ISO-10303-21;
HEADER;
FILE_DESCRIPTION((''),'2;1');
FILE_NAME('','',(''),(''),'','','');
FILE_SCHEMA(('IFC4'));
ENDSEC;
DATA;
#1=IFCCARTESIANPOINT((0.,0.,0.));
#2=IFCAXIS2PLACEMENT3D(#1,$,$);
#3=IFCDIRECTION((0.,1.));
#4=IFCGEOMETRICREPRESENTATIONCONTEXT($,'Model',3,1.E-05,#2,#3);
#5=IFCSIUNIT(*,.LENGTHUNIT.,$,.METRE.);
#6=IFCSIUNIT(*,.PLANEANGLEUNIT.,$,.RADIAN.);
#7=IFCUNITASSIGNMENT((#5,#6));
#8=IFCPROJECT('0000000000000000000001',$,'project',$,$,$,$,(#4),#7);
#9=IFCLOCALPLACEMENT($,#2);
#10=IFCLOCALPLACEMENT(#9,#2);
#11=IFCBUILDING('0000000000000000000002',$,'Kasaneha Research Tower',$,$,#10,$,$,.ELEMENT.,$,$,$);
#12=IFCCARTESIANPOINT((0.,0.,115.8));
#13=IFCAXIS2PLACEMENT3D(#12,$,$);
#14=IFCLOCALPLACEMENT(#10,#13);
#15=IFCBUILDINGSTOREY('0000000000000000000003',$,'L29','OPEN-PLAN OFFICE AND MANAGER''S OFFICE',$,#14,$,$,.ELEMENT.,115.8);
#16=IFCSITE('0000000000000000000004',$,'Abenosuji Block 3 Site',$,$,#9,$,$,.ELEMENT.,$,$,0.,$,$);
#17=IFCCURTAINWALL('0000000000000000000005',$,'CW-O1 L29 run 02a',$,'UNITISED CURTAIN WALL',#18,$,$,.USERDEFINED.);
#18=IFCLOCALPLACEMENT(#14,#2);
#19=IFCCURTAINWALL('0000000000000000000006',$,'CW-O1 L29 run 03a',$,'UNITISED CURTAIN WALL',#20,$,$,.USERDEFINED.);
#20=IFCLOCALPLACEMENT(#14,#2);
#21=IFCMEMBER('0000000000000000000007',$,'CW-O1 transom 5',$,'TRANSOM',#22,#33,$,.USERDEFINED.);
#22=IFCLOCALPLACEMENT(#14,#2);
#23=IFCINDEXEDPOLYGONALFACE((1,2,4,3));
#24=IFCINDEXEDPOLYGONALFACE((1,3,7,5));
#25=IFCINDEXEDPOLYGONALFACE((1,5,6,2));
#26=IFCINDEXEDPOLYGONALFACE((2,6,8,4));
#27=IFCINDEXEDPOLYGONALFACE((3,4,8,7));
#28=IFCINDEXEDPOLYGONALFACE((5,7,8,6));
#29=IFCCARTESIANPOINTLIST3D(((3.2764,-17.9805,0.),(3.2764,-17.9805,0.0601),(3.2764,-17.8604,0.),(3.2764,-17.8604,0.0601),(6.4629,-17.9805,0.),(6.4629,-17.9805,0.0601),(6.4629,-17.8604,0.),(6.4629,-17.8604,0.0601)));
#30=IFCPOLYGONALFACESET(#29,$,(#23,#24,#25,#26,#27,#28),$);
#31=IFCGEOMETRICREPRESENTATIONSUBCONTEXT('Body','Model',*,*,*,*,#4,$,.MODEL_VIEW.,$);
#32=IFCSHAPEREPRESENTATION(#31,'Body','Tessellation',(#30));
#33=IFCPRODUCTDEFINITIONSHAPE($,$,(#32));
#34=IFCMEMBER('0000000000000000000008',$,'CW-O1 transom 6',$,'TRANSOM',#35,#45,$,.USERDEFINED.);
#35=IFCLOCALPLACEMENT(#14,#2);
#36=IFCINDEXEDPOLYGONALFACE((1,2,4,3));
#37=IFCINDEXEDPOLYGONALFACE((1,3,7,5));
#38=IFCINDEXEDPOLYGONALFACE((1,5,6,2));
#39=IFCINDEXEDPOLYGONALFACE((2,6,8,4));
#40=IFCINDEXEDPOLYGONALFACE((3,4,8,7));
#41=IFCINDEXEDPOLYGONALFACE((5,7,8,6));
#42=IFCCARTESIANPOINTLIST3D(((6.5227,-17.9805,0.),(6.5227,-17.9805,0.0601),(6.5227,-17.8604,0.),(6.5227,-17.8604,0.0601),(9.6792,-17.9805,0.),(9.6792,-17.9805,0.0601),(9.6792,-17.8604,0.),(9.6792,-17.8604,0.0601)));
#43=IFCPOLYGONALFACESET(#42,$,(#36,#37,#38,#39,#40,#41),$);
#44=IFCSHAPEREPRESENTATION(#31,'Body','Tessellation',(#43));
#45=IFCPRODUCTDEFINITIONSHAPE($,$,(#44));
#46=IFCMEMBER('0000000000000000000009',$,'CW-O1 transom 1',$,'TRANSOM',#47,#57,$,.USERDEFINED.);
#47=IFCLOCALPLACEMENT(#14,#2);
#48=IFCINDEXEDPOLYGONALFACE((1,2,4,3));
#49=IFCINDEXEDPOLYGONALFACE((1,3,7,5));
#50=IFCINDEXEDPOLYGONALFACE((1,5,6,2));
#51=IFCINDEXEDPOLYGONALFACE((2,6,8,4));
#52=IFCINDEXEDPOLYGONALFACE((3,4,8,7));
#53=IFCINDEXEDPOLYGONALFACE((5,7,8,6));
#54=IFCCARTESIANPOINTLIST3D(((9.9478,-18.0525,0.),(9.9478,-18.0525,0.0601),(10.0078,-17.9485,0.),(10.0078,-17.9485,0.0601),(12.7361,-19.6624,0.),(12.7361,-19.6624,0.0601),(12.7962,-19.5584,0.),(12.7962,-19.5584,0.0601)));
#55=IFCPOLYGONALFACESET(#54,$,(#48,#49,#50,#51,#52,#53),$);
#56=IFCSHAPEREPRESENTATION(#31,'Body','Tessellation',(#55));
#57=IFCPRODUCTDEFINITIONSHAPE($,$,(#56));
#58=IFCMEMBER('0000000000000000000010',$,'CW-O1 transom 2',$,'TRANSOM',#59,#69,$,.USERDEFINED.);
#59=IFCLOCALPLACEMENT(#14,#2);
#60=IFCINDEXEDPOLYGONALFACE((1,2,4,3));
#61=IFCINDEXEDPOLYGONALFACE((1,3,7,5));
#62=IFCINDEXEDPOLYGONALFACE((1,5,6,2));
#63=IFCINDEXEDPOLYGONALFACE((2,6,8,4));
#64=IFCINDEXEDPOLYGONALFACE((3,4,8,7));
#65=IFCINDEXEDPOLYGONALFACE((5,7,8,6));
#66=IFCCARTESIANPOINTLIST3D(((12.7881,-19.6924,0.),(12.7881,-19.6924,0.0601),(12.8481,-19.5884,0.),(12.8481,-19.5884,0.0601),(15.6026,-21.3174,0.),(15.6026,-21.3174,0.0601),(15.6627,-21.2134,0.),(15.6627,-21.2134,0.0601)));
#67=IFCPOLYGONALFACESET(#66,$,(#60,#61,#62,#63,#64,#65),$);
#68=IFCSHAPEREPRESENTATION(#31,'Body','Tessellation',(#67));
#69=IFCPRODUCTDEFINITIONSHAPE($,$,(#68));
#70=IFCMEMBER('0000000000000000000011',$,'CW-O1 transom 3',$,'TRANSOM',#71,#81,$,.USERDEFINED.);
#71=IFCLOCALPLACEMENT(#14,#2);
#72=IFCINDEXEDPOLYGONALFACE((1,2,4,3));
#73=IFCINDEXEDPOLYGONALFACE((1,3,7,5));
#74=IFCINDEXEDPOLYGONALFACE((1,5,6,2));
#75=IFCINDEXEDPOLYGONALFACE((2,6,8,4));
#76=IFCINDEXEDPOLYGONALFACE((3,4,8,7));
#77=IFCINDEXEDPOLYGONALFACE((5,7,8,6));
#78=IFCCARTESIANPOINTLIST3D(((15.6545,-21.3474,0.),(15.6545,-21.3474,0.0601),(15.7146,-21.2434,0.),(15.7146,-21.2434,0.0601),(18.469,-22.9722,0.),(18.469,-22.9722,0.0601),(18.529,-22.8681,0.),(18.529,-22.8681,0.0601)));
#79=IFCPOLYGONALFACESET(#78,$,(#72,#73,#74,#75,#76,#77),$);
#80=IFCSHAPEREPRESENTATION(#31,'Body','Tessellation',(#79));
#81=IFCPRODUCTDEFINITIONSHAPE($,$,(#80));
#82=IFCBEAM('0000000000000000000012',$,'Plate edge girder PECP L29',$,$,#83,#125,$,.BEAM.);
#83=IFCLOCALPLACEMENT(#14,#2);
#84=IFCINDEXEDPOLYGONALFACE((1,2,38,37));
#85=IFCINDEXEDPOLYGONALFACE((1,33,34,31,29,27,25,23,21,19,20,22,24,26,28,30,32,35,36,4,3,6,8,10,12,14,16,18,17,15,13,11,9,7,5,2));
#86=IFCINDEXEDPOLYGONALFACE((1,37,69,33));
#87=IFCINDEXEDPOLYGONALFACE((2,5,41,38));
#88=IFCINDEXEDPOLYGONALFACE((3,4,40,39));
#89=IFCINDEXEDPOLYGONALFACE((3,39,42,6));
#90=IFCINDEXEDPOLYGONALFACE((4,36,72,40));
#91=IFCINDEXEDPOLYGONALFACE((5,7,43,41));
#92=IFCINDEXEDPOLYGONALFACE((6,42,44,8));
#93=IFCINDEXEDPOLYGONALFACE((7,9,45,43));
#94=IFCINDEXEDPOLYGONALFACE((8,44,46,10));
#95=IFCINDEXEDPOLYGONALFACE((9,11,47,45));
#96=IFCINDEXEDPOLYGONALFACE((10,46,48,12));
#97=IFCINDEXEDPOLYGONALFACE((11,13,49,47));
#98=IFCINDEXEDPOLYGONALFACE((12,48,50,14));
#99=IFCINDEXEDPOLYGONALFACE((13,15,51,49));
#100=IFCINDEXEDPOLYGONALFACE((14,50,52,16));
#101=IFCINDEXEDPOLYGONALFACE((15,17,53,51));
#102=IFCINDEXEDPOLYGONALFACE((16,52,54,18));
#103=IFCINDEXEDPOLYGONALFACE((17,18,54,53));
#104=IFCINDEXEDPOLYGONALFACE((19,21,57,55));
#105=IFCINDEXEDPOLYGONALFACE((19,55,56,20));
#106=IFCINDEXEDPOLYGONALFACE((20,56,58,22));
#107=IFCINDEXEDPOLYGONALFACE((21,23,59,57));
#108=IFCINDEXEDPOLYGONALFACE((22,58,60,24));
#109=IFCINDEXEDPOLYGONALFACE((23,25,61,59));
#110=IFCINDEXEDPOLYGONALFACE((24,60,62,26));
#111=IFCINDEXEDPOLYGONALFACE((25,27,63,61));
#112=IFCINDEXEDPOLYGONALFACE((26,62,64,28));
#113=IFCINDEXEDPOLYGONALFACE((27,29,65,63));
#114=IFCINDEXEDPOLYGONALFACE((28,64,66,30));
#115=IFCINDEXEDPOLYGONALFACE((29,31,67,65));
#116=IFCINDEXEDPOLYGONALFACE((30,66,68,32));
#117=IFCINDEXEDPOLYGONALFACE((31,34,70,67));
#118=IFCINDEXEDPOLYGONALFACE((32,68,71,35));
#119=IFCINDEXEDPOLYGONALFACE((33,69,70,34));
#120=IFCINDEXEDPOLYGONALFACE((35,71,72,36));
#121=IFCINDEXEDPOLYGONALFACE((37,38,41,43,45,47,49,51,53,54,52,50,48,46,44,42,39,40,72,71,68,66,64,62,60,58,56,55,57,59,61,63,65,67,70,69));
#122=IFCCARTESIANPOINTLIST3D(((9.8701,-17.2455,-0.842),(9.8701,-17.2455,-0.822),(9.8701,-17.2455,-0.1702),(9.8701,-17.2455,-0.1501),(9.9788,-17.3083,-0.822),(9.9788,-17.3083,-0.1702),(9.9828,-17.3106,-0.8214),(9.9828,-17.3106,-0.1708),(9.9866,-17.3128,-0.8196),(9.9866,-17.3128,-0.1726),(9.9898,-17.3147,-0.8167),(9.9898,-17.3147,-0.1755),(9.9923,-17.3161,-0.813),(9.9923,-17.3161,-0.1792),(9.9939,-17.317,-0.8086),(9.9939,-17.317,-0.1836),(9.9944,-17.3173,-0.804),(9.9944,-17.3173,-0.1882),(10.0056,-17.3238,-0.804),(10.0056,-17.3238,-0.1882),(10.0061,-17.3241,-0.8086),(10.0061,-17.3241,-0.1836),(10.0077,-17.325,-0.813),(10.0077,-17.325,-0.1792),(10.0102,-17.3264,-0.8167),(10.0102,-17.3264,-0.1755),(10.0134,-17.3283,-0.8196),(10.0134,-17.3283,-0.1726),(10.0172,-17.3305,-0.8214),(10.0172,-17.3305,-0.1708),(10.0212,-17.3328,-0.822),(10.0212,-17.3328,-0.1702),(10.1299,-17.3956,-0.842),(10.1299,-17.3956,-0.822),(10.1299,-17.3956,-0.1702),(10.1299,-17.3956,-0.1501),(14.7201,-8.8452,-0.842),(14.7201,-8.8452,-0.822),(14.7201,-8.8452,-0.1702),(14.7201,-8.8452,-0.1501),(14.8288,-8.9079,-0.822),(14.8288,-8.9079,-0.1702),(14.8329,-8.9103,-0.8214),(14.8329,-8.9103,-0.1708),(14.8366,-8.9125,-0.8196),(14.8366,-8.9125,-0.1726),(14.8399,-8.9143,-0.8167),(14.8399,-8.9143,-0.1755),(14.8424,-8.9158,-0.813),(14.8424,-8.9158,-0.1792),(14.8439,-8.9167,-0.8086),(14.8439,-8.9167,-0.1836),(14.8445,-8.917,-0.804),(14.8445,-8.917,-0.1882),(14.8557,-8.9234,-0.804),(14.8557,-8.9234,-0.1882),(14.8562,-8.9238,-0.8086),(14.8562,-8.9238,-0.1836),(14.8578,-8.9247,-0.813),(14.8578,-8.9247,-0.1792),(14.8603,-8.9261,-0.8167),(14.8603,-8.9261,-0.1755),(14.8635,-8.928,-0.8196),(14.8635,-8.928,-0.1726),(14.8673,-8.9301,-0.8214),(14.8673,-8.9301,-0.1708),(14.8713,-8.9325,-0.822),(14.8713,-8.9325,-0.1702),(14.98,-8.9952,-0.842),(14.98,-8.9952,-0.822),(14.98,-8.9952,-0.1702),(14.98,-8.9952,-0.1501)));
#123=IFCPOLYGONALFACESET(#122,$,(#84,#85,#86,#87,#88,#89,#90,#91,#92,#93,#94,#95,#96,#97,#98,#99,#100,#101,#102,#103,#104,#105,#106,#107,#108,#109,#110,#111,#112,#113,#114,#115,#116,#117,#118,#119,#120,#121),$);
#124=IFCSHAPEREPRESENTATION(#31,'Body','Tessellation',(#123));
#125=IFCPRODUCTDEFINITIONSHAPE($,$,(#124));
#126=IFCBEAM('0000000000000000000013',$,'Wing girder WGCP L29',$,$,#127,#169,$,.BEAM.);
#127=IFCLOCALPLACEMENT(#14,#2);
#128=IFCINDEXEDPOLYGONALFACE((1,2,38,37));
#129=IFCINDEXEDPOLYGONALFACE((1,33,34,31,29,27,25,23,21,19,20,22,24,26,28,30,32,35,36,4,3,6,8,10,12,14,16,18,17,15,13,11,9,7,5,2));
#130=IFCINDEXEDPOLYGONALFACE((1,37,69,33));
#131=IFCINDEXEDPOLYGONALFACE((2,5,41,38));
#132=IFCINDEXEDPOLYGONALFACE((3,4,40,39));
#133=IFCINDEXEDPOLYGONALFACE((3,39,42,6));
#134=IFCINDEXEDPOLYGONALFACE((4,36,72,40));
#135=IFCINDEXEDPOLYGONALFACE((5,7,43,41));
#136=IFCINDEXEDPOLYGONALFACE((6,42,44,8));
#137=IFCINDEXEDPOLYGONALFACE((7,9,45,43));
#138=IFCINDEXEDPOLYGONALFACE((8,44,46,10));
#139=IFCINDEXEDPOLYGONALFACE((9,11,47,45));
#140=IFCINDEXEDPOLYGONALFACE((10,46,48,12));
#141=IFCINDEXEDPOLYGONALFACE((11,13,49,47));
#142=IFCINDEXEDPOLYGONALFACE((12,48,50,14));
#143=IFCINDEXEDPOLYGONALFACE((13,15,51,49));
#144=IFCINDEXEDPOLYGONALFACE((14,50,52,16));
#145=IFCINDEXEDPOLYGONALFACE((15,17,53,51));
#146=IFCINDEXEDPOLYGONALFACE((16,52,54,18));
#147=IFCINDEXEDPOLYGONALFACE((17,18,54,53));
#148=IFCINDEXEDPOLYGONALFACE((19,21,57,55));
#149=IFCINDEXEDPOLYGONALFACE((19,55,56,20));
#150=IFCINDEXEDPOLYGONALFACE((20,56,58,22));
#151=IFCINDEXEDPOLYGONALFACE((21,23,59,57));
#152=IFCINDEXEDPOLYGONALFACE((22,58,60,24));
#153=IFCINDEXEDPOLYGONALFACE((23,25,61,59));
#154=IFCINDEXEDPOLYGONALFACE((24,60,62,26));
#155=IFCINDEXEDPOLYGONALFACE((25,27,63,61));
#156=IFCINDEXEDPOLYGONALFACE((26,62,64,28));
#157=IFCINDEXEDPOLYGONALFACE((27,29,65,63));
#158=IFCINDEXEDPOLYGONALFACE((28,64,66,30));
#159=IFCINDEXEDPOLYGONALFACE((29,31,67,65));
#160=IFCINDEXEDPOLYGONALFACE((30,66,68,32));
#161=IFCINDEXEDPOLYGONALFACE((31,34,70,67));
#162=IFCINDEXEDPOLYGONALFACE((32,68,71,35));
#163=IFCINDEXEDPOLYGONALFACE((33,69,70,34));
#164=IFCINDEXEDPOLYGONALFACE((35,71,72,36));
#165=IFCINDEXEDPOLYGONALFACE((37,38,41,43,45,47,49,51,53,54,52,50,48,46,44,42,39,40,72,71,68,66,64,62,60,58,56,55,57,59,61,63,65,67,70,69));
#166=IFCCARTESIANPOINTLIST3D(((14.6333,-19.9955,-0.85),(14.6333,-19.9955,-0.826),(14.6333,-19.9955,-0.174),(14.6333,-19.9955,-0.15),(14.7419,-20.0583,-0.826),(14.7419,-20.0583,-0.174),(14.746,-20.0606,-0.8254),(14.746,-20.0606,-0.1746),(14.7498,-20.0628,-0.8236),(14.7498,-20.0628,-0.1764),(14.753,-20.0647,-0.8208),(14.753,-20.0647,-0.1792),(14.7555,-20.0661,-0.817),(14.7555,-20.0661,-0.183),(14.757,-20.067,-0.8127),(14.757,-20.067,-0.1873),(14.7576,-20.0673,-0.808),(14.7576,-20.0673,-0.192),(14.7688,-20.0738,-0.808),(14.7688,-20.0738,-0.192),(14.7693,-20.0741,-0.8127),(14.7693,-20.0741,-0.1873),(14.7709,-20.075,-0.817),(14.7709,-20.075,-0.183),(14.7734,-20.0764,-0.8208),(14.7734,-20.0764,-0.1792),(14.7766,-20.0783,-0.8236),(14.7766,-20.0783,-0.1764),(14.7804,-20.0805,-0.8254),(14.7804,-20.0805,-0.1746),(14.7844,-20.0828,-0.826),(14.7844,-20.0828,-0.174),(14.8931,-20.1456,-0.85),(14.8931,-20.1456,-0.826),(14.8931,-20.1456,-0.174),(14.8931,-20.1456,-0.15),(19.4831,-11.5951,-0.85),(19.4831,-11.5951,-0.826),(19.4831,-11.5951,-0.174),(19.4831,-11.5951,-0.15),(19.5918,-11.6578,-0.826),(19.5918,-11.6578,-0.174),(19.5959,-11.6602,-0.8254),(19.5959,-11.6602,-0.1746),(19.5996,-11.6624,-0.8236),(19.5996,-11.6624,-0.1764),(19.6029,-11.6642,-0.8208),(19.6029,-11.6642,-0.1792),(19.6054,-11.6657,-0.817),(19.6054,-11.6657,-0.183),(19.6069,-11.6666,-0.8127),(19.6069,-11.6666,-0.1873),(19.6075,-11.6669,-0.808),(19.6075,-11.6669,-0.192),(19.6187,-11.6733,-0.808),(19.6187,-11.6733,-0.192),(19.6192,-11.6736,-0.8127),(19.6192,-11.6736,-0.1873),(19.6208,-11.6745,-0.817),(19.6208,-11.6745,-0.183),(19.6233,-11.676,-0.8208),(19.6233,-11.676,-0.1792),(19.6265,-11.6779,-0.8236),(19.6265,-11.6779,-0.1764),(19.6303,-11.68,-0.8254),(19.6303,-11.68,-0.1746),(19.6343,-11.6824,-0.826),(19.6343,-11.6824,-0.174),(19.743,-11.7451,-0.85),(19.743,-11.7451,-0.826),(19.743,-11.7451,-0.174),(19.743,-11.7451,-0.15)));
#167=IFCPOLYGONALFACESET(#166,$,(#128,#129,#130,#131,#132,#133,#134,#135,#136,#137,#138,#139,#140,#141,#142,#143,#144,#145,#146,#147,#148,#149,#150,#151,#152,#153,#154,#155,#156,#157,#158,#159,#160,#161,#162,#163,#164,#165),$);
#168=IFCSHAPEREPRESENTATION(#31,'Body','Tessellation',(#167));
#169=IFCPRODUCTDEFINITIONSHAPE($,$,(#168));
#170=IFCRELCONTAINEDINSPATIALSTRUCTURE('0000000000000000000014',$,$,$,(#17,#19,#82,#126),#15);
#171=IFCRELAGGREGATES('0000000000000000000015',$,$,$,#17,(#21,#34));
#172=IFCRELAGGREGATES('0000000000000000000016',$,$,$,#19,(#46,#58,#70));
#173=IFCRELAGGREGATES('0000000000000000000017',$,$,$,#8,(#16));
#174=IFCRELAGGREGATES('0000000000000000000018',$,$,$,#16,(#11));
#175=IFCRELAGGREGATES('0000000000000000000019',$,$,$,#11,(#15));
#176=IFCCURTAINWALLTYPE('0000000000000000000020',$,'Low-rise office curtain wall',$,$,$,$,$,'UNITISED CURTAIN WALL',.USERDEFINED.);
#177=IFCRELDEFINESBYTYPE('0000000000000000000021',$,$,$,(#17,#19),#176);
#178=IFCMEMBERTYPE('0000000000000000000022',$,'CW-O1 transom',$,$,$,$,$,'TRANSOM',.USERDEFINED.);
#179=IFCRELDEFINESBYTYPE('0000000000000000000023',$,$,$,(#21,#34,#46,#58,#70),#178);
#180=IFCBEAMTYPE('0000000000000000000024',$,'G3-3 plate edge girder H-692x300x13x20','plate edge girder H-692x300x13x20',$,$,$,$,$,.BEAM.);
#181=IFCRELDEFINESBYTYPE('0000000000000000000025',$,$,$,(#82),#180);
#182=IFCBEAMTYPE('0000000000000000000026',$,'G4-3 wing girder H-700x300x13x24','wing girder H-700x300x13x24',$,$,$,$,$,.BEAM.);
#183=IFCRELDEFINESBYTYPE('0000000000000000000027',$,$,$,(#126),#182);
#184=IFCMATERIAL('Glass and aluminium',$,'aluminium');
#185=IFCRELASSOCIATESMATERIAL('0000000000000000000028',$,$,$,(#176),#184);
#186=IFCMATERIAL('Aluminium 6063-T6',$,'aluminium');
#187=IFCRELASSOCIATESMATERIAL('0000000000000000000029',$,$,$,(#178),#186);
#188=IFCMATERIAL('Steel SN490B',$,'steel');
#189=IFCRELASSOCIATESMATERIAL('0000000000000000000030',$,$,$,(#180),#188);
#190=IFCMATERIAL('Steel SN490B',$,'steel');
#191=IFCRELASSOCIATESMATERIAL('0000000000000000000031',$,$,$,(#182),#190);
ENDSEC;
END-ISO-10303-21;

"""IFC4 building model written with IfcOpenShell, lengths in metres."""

from ifc_helpers import new_model, si_unit, direction, frame, origin, origin_2d, place, context, subcontext, project, spatial, rectangle, i_section, extrude, material, material_profile, profile_set, type_object, element, aggregate, save


model = new_model("IFC4")

# Units and contexts
model_context = context("Model", 3, precision=1e-05, world=origin(), true_north=direction((0.0, 1.0)))
body_context = subcontext(model_context, "Body", "Model", "MODEL_VIEW")
ifc_project = project(units=[si_unit("LENGTHUNIT", "METRE"), si_unit("PLANEANGLEUNIT", "RADIAN")], contexts=[model_context])

# Site, building, storey
site_placement = place(None, origin())
site = spatial("IfcSite", under=ifc_project, at=site_placement, Name="Abenosuji Block 3 Site", CompositionType="ELEMENT", RefElevation=0.0)
building_placement = place(site_placement, origin())
building = spatial("IfcBuilding", under=site, at=building_placement, Name="Kasaneha Research Tower", CompositionType="ELEMENT")
storey_placement = place(building_placement, frame((0.0, 0.0, 115.8)))
storey = spatial("IfcBuildingStorey", under=building, at=storey_placement, Name="L29", Description="OPEN-PLAN OFFICE AND MANAGER'S OFFICE", CompositionType="ELEMENT", Elevation=115.8)

# Curtain walls
ifc_material_1 = material(Name="Glass and aluminium", Category="aluminium")
curtain_wall_type = type_object("IfcCurtainWallType", Name="Low-rise office curtain wall", ElementType="UNITISED CURTAIN WALL", PredefinedType="USERDEFINED", material=ifc_material_1)
curtain_wall_1_placement = place(storey_placement, origin())
curtain_wall_1 = element("IfcCurtainWall", 1, at=curtain_wall_1_placement, inside=storey, type_object=curtain_wall_type, Name="CW-O1 L29 run 02a", ObjectType="UNITISED CURTAIN WALL", PredefinedType="USERDEFINED")
curtain_wall_2_placement = place(storey_placement, origin())
curtain_wall_2 = element("IfcCurtainWall", 2, at=curtain_wall_2_placement, inside=storey, type_object=curtain_wall_type, Name="CW-O1 L29 run 03a", ObjectType="UNITISED CURTAIN WALL", PredefinedType="USERDEFINED")

# Members
ifc_material_2 = material(Name="Aluminium 6063-T6", Category="aluminium")
ifc_material_profile_1 = material_profile(ifc_material_2, rectangle(XDim=0.1201, YDim=0.0601, at=origin_2d()), Name="CW-O1 transom 120x60")
ifc_profile_set_1 = profile_set([ifc_material_profile_1], Name="Aluminium 6063-T6")
member_type_1 = type_object("IfcMemberType", Name="CW-O1 transom", ElementType="TRANSOM", PredefinedType="USERDEFINED", material=ifc_profile_set_1)
member_1_placement = place(storey_placement, frame((3.2764, -17.9204, 0.03), z_axis=(1.0, 0.0, 0.0), x_axis=(0.0, 1.0, 0.0)))
member_1 = element("IfcMember", 3, at=member_1_placement, type_object=member_type_1, Name="CW-O1 transom 5", ObjectType="TRANSOM", PredefinedType="USERDEFINED", context=body_context, shape_type="SweptSolid", body=[
    extrude(rectangle(XDim=0.1201, YDim=0.0601, at=origin_2d()), origin(), (0.0, 0.0, 1.0), 3.1865),
])
member_2_placement = place(storey_placement, frame((6.5227, -17.9204, 0.03), z_axis=(1.0, 0.0, 0.0), x_axis=(0.0, 1.0, 0.0)))
member_2 = element("IfcMember", 4, at=member_2_placement, type_object=member_type_1, Name="CW-O1 transom 6", ObjectType="TRANSOM", PredefinedType="USERDEFINED", context=body_context, shape_type="SweptSolid", body=[
    extrude(rectangle(XDim=0.1201, YDim=0.0601, at=origin_2d()), origin(), (0.0, 0.0, 1.0), 3.1565),
])
member_3_placement = place(storey_placement, frame((9.9778, -18.0005, 0.03), z_axis=(0.866023, -0.500005, 0.0), x_axis=(0.500005, 0.866023, 0.0)))
member_3 = element("IfcMember", 5, at=member_3_placement, type_object=member_type_1, Name="CW-O1 transom 1", ObjectType="TRANSOM", PredefinedType="USERDEFINED", context=body_context, shape_type="SweptSolid", body=[
    extrude(rectangle(XDim=0.1201, YDim=0.0601, at=origin_2d()), origin(), (0.0, 0.0, 1.0), 3.2197),
])
member_4_placement = place(storey_placement, frame((12.8181, -19.6404, 0.03), z_axis=(0.866015, -0.500017, 0.0), x_axis=(0.500017, 0.866015, 0.0)))
member_4 = element("IfcMember", 6, at=member_4_placement, type_object=member_type_1, Name="CW-O1 transom 2", ObjectType="TRANSOM", PredefinedType="USERDEFINED", context=body_context, shape_type="SweptSolid", body=[
    extrude(rectangle(XDim=0.1201, YDim=0.0601, at=origin_2d()), origin(), (0.0, 0.0, 1.0), 3.25),
])
member_5_placement = place(storey_placement, frame((15.6846, -21.2954, 0.03), z_axis=(0.866048, -0.499961, 0.0), x_axis=(0.499961, 0.866048, 0.0)))
member_5 = element("IfcMember", 7, at=member_5_placement, type_object=member_type_1, Name="CW-O1 transom 3", ObjectType="TRANSOM", PredefinedType="USERDEFINED", context=body_context, shape_type="SweptSolid", body=[
    extrude(rectangle(XDim=0.1201, YDim=0.0601, at=origin_2d()), origin(), (0.0, 0.0, 1.0), 3.2498),
])

# Beams
ifc_material_3 = material(Name="Steel SN490B", Category="steel")
ifc_material_profile_2 = material_profile(ifc_material_3, i_section(OverallWidth=0.3, OverallDepth=0.6919, WebThickness=0.0129, FlangeThickness=0.02, FilletRadius=0.0181, at=origin_2d()), Name="H-692x300x13x20")
ifc_profile_set_2 = profile_set([ifc_material_profile_2], Name="Steel SN490B")
beam_type_1 = type_object("IfcBeamType", Name="G3-3 plate edge girder H-692x300x13x20", Description="plate edge girder H-692x300x13x20", PredefinedType="BEAM", material=ifc_profile_set_2)
beam_1_placement = place(storey_placement, frame((10.0, -17.3206, -0.4961), z_axis=(0.50001, 0.86602, 0.0), x_axis=(-0.86602, 0.50001, 0.0)))
element("IfcBeam", 8, at=beam_1_placement, inside=storey, type_object=beam_type_1, Name="Plate edge girder PECP L29", PredefinedType="BEAM", context=body_context, shape_type="SweptSolid", body=[
    extrude(i_section(OverallWidth=0.3, OverallDepth=0.6919, WebThickness=0.0129, FlangeThickness=0.02, FilletRadius=0.0181, at=origin_2d()), origin(), (0.0, 0.0, 1.0), 9.7),
])
ifc_material_4 = material(Name="Steel SN490B", Category="steel")
ifc_material_profile_3 = material_profile(ifc_material_4, i_section(OverallWidth=0.3, OverallDepth=0.7, WebThickness=0.0129, FlangeThickness=0.0239, FilletRadius=0.0181, at=origin_2d()), Name="H-700x300x13x24")
ifc_profile_set_3 = profile_set([ifc_material_profile_3], Name="Steel SN490B")
beam_type_2 = type_object("IfcBeamType", Name="G4-3 wing girder H-700x300x13x24", Description="wing girder H-700x300x13x24", PredefinedType="BEAM", material=ifc_profile_set_3)
beam_2_placement = place(storey_placement, frame((14.7632, -20.0706, -0.5), z_axis=(0.499991, 0.866031, 0.0), x_axis=(-0.866031, 0.499991, 0.0)))
element("IfcBeam", 9, at=beam_2_placement, inside=storey, type_object=beam_type_2, Name="Wing girder WGCP L29", PredefinedType="BEAM", context=body_context, shape_type="SweptSolid", body=[
    extrude(i_section(OverallWidth=0.3, OverallDepth=0.7, WebThickness=0.0129, FlangeThickness=0.0239, FilletRadius=0.0181, at=origin_2d()), origin(), (0.0, 0.0, 1.0), 9.7),
])

aggregate(curtain_wall_1, [member_1, member_2])
aggregate(curtain_wall_2, [member_3, member_4, member_5])

save(model, "model.ifc")
